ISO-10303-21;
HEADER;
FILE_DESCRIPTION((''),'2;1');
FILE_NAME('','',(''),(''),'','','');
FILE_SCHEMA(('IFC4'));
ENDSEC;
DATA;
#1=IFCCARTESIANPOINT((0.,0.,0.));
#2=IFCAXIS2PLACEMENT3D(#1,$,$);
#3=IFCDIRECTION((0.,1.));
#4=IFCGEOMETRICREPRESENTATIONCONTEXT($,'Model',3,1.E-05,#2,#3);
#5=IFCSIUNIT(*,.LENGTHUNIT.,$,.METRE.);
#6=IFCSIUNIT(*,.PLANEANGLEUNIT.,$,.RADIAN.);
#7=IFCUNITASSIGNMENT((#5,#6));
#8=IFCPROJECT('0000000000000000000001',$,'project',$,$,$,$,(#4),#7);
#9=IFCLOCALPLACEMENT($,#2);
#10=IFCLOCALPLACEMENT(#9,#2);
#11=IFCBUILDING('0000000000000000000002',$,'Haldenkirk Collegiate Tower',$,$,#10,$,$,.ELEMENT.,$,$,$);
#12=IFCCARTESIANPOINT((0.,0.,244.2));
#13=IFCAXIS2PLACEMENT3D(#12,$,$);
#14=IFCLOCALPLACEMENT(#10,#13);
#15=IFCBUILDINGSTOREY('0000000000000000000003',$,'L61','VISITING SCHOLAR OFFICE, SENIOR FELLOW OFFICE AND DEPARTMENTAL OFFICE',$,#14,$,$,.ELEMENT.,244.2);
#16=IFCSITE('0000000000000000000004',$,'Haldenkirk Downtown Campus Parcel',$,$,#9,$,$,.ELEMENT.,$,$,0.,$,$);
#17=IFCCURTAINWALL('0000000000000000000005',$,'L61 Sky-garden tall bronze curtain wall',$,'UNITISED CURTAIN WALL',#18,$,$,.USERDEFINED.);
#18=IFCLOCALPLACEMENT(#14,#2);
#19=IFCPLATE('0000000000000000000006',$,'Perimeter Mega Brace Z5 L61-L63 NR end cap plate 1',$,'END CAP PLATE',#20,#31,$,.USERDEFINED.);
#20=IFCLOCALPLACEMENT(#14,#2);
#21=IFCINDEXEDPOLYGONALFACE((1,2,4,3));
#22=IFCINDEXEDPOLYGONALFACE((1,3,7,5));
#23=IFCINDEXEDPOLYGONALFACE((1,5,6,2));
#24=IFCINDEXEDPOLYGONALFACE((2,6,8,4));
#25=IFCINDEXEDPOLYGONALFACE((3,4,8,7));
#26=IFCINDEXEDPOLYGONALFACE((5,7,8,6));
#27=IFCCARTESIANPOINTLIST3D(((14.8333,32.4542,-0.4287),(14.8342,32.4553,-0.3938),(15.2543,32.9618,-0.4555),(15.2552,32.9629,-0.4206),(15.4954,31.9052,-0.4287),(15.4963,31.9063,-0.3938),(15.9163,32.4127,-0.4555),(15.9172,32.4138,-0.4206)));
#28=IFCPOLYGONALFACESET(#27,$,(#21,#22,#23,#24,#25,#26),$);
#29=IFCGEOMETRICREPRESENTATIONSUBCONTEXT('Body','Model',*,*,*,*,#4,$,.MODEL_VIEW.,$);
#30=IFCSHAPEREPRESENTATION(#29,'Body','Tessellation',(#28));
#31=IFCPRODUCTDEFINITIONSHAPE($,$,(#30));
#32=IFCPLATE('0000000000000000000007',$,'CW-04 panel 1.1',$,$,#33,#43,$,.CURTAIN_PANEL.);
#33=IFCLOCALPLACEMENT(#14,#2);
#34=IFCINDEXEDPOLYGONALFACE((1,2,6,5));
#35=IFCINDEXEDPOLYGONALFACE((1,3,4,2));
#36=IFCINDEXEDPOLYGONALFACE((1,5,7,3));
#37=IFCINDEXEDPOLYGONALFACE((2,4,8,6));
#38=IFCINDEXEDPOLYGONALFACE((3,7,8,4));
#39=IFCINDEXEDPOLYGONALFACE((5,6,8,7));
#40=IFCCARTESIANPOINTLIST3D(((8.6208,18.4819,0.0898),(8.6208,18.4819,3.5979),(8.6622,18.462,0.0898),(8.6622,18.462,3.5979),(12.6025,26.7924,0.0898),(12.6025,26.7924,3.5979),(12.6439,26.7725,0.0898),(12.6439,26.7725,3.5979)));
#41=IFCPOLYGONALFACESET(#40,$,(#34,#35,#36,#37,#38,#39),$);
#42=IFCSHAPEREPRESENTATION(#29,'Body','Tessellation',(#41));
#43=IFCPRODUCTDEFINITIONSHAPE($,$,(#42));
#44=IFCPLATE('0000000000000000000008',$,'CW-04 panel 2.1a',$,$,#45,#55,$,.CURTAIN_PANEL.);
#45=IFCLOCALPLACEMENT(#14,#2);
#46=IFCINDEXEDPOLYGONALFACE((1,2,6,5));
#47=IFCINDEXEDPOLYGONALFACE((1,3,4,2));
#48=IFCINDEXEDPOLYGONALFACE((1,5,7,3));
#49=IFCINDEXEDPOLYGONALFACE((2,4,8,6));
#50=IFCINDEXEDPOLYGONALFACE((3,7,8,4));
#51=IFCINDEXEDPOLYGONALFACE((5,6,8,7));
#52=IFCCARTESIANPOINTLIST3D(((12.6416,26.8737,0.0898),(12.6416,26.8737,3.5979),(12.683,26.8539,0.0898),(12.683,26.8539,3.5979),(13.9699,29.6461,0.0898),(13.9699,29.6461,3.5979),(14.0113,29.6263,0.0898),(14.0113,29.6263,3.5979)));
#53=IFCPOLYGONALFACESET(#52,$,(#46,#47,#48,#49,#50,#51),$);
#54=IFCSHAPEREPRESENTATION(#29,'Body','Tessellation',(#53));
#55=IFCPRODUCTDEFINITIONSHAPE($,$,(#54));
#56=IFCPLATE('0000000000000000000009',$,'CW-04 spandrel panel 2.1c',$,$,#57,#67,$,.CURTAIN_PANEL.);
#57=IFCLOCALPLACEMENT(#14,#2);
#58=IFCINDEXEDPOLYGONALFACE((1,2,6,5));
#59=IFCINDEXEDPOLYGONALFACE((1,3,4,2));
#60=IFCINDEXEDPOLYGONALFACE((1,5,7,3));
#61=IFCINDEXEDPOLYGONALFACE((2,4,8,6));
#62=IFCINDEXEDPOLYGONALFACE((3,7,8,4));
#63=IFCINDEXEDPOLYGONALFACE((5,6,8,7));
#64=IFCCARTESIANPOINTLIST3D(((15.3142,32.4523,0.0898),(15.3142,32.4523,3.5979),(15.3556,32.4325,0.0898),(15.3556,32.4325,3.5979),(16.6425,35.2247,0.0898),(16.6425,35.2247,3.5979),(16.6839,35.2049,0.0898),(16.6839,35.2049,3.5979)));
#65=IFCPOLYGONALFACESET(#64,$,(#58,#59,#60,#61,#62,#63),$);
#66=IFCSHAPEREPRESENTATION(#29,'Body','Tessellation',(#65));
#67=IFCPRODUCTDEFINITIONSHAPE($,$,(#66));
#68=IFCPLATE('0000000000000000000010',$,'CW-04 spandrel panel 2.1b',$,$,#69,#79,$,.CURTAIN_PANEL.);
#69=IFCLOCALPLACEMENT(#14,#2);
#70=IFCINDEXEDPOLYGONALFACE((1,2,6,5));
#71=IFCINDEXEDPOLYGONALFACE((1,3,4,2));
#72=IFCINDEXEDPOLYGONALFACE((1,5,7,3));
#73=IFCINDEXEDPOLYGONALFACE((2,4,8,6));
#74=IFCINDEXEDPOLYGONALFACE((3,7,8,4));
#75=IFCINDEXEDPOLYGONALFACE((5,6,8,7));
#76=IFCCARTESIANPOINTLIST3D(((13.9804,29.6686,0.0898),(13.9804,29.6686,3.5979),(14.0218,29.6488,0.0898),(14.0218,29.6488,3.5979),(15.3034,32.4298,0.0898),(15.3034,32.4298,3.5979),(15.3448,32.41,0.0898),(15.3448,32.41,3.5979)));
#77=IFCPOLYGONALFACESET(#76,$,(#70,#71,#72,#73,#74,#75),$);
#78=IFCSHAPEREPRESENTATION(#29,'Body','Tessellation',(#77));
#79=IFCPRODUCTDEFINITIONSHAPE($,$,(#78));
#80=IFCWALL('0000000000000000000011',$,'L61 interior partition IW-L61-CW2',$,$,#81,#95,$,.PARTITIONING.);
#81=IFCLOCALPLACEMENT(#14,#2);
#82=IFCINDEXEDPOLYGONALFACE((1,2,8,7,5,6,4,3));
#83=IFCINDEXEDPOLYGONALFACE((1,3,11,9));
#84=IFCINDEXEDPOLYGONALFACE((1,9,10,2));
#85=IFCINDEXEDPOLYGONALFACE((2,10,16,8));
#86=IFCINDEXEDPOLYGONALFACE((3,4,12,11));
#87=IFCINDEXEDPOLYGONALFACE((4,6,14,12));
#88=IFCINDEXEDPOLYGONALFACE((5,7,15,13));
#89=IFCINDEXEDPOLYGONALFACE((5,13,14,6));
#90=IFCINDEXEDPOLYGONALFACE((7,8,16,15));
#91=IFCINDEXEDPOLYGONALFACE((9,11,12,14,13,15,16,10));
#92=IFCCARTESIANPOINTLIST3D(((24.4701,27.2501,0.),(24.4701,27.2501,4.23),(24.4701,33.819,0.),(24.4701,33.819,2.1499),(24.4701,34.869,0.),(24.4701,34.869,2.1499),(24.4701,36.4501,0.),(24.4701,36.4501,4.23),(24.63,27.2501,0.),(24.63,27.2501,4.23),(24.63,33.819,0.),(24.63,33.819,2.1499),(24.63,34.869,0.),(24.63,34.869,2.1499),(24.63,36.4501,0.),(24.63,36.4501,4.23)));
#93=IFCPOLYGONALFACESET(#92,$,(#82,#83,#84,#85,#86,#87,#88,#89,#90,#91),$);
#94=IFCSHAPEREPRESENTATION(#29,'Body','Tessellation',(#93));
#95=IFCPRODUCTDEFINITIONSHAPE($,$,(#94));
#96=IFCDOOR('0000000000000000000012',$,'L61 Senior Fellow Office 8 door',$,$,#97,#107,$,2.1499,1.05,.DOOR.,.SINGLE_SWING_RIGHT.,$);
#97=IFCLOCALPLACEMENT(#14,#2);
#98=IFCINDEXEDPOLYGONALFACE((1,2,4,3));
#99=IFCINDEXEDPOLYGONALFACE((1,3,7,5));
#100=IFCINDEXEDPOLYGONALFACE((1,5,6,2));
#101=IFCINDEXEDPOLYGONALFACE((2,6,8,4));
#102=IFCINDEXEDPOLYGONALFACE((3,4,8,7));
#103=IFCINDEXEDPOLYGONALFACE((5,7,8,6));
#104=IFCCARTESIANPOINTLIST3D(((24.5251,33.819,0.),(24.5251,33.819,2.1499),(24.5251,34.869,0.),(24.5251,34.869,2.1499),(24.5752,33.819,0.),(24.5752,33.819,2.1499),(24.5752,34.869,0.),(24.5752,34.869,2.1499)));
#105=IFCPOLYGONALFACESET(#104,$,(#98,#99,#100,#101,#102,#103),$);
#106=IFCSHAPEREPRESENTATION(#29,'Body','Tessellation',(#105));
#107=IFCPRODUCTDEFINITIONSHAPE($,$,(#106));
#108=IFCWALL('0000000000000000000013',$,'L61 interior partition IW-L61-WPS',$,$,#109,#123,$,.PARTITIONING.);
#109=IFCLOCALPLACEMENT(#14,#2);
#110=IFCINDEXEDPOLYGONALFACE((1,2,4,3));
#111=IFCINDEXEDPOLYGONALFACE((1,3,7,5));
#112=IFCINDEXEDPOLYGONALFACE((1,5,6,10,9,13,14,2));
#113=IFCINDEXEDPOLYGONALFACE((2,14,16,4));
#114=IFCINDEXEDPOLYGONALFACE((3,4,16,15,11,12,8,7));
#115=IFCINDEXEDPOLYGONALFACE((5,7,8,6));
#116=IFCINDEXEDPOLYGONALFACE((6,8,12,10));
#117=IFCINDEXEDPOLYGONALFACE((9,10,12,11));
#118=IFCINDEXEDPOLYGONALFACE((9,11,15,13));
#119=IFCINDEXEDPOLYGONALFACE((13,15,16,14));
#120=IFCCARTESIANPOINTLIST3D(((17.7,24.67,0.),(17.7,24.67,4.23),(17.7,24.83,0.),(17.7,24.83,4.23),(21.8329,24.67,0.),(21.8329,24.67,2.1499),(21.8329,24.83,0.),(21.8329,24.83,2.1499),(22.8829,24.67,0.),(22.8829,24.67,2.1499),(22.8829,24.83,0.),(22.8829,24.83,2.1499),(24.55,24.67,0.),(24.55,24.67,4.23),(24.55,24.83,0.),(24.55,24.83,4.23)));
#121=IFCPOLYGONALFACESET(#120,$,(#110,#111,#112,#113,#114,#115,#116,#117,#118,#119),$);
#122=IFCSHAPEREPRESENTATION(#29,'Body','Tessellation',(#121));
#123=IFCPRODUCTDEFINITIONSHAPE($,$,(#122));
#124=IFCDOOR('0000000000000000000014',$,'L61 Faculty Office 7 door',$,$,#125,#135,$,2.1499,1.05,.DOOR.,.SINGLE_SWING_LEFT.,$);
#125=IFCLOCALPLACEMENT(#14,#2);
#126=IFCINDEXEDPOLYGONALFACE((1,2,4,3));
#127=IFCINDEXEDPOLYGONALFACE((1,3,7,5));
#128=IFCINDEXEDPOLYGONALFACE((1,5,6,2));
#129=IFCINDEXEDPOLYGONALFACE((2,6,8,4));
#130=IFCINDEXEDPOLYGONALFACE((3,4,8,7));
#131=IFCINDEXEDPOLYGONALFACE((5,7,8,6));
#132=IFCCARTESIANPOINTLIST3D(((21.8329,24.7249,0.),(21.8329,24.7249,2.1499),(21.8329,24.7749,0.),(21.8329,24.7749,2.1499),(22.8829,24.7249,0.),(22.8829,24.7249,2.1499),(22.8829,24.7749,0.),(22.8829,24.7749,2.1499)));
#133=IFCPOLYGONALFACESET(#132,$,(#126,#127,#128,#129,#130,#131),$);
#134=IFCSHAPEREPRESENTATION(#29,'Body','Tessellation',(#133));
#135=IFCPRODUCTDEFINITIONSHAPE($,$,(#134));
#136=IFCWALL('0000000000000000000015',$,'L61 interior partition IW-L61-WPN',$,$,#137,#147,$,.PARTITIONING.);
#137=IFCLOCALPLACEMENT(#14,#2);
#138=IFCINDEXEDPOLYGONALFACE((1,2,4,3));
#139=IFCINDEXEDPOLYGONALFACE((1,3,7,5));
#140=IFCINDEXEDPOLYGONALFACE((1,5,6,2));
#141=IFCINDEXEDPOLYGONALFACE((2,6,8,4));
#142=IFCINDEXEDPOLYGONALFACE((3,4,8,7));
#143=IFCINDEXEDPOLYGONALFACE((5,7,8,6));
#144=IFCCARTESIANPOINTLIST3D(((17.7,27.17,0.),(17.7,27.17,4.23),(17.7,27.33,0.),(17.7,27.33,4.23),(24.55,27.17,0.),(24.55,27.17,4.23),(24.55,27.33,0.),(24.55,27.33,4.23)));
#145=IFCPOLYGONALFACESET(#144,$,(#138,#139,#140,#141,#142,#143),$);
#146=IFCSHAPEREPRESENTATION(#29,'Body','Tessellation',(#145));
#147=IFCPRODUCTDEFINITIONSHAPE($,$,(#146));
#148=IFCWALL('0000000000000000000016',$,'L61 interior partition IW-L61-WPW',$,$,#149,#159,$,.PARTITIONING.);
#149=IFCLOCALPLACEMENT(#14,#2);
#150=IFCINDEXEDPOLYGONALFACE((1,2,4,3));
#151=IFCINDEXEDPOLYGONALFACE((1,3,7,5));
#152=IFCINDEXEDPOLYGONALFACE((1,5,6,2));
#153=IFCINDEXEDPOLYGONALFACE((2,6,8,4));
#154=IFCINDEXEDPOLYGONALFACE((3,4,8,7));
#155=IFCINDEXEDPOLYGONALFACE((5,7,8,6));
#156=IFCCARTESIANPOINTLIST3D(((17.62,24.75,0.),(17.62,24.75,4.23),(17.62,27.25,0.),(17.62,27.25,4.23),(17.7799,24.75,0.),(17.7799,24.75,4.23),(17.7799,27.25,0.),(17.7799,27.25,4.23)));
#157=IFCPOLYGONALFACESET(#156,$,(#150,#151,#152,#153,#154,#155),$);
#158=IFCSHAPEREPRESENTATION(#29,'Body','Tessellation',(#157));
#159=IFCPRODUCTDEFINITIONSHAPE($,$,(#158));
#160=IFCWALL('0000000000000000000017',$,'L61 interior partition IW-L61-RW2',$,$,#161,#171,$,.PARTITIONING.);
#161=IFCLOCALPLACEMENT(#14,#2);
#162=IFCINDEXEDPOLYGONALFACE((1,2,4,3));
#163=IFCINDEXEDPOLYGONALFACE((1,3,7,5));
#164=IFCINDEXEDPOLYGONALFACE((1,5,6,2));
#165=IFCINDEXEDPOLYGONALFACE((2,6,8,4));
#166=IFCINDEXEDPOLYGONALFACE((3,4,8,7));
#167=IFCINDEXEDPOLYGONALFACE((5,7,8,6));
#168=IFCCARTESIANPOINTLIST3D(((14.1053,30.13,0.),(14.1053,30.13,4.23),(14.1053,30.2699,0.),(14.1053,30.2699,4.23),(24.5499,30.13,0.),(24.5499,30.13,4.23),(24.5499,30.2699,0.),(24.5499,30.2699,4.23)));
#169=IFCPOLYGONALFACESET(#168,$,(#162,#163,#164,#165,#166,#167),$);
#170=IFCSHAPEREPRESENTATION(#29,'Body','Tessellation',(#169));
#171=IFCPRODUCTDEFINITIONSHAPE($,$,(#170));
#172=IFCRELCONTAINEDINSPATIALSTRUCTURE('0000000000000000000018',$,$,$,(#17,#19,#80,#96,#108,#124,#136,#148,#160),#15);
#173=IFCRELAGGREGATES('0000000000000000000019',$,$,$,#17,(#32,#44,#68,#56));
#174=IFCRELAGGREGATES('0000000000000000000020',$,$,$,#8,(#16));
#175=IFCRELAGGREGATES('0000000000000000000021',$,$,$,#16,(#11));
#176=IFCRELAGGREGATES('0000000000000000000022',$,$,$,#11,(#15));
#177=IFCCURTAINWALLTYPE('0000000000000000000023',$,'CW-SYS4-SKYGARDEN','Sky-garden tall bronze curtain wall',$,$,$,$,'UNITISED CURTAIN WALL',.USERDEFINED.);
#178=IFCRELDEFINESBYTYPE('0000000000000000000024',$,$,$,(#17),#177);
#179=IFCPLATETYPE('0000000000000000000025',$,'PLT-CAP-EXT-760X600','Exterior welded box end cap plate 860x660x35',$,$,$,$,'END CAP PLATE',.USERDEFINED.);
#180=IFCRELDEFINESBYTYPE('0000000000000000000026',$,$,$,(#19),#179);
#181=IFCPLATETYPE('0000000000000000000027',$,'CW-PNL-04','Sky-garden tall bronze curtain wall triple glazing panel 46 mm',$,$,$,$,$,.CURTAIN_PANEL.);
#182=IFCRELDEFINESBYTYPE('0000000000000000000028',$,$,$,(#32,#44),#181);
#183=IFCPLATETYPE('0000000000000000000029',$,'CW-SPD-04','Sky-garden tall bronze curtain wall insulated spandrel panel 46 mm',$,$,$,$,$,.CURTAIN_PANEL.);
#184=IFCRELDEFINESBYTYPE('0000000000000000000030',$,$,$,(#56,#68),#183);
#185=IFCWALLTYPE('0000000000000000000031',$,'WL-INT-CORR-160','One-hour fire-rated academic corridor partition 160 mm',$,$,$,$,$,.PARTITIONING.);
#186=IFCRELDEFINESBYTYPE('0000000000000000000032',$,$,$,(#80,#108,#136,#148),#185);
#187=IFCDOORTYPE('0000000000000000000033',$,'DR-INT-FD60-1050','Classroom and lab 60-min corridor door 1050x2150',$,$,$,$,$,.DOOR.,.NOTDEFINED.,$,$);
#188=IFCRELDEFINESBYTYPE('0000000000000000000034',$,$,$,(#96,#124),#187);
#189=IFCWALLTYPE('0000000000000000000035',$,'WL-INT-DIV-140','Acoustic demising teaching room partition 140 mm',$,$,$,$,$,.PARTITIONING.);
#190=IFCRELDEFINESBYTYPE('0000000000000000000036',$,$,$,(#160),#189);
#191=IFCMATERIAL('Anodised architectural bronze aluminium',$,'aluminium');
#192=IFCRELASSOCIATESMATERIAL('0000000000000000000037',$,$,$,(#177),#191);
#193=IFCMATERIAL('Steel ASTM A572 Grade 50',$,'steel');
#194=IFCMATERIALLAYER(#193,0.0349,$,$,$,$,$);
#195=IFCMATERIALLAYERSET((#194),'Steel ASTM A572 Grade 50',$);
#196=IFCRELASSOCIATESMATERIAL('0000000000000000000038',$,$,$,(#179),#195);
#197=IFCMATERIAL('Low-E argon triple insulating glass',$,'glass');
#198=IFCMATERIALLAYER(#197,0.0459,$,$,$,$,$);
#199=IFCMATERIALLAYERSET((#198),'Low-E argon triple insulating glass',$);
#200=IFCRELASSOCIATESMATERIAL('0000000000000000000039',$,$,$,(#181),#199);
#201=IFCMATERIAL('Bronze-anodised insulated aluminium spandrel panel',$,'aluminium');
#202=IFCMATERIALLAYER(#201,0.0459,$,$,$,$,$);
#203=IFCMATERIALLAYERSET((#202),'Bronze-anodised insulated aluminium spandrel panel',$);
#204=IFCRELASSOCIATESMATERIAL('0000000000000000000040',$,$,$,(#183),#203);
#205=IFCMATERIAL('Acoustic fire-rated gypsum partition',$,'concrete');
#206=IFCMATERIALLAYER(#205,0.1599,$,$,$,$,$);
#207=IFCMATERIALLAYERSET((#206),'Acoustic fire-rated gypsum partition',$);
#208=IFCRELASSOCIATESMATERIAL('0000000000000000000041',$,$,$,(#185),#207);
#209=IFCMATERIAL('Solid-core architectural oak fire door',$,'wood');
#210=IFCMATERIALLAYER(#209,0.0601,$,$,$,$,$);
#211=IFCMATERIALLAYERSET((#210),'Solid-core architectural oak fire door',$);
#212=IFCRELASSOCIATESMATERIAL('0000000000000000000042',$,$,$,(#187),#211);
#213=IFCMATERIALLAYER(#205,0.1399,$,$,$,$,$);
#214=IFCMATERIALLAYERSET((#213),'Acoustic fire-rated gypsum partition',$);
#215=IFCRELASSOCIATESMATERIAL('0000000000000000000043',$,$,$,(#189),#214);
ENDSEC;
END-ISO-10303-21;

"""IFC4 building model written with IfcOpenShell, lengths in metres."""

from ifc_helpers import new_model, si_unit, direction, frame, frame_2d, origin, origin_2d, place, context, subcontext, project, spatial, rectangle, extrude, source, transform, mapped, material, layer, layer_set, type_object, element, fill, aggregate, save


model = new_model("IFC4")

# Units and contexts
model_context = context("Model", 3, precision=1e-05, world=origin(), true_north=direction((0.0, 1.0)))
body_context = subcontext(model_context, "Body", "Model", "MODEL_VIEW")
ifc_project = project(units=[si_unit("LENGTHUNIT", "METRE"), si_unit("PLANEANGLEUNIT", "RADIAN")], contexts=[model_context])

# Site, building, storey
site_placement = place(None, origin())
site = spatial("IfcSite", under=ifc_project, at=site_placement, Name="Haldenkirk Downtown Campus Parcel", CompositionType="ELEMENT", RefElevation=0.0)
building_placement = place(site_placement, origin())
building = spatial("IfcBuilding", under=site, at=building_placement, Name="Haldenkirk Collegiate Tower", CompositionType="ELEMENT")
storey_placement = place(building_placement, frame((0.0, 0.0, 244.2)))
storey = spatial("IfcBuildingStorey", under=building, at=storey_placement, Name="L61", Description="VISITING SCHOLAR OFFICE, SENIOR FELLOW OFFICE AND DEPARTMENTAL OFFICE", CompositionType="ELEMENT", Elevation=244.2)

# Shared definitions
ifc_material_1 = material(Name="Steel ASTM A572 Grade 50", Category="steel")

# Curtain wall
ifc_material_2 = material(Name="Anodised architectural bronze aluminium", Category="aluminium")
curtain_wall_type = type_object("IfcCurtainWallType", Name="CW-SYS4-SKYGARDEN", Description="Sky-garden tall bronze curtain wall", ElementType="UNITISED CURTAIN WALL", PredefinedType="USERDEFINED", material=ifc_material_2)
curtain_wall_placement = place(storey_placement, origin())
curtain_wall = element("IfcCurtainWall", 1, at=curtain_wall_placement, inside=storey, type_object=curtain_wall_type, Name="L61 Sky-garden tall bronze curtain wall", ObjectType="UNITISED CURTAIN WALL", PredefinedType="USERDEFINED")

# Plate
ifc_layer_1 = layer(ifc_material_1, 0.0349)
ifc_layer_set_1 = layer_set([ifc_layer_1], Name="Steel ASTM A572 Grade 50")
plate_type_1 = type_object("IfcPlateType", Name="PLT-CAP-EXT-760X600", Description="Exterior welded box end cap plate 860x660x35", ElementType="END CAP PLATE", PredefinedType="USERDEFINED", material=ifc_layer_set_1)
shared_shape_1 = source(origin(), body_context, "Body", "SweptSolid", [
    extrude(rectangle(XDim=0.8601, YDim=0.6599, at=origin_2d()), origin(), (0.0, 0.0, 1.0), 0.0349),
])
plate_1_placement = place(storey_placement, frame((15.3757, 32.4346, -0.4072), z_axis=(-0.025898, -0.031227, -0.999177), x_axis=(0.769734, -0.638365, 0.0)))
element("IfcPlate", 2, at=plate_1_placement, inside=storey, type_object=plate_type_1, Name="Perimeter Mega Brace Z5 L61-L63 NR end cap plate 1", ObjectType="END CAP PLATE", PredefinedType="USERDEFINED", context=body_context, shape_type="MappedRepresentation", body=[
    mapped(shared_shape_1, transform((0.0, 0.0, 0.0), x_axis=(1.0, 0.0, 0.0), y_axis=(0.0, 1.0, 0.0), z_axis=(0.0, 0.0, 1.0), scale=1.0)),
])

# Plates
ifc_material_3 = material(Name="Low-E argon triple insulating glass", Category="glass")
ifc_layer_2 = layer(ifc_material_3, 0.0459)
ifc_layer_set_2 = layer_set([ifc_layer_2], Name="Low-E argon triple insulating glass")
plate_type_2 = type_object("IfcPlateType", Name="CW-PNL-04", Description="Sky-garden tall bronze curtain wall triple glazing panel 46 mm", PredefinedType="CURTAIN_PANEL", material=ifc_layer_set_2)
shared_shape_2 = source(origin(), body_context, "Body", "SweptSolid", [
    extrude(rectangle(XDim=9.2151, YDim=0.0459, at=origin_2d()), origin(), (0.0, 0.0, 1.0), 3.5081),
])
plate_2_placement = place(storey_placement, frame((10.6323, 22.6272, 0.0898), z_axis=(0.0, 0.0, 1.0), x_axis=(0.432084, 0.901833, 0.0)))
plate_2 = element("IfcPlate", 3, at=plate_2_placement, type_object=plate_type_2, Name="CW-04 panel 1.1", PredefinedType="CURTAIN_PANEL", context=body_context, shape_type="MappedRepresentation", body=[
    mapped(shared_shape_2, transform((0.0, 0.0, 0.0), x_axis=(1.0, 0.0, 0.0), y_axis=(0.0, 1.0, 0.0), z_axis=(0.0, 0.0, 1.0), scale=1.0)),
])
shared_shape_3 = source(origin(), body_context, "Body", "SweptSolid", [
    extrude(rectangle(XDim=3.0742, YDim=0.0459, at=origin_2d()), origin(), (0.0, 0.0, 1.0), 3.5081),
])
plate_3_placement = place(storey_placement, frame((13.3264, 28.25, 0.0898), z_axis=(0.0, 0.0, 1.0), x_axis=(0.432084, 0.901833, 0.0)))
plate_3 = element("IfcPlate", 4, at=plate_3_placement, type_object=plate_type_2, Name="CW-04 panel 2.1a", PredefinedType="CURTAIN_PANEL", context=body_context, shape_type="MappedRepresentation", body=[
    mapped(shared_shape_3, transform((0.0, 0.0, 0.0), x_axis=(1.0, 0.0, 0.0), y_axis=(0.0, 1.0, 0.0), z_axis=(0.0, 0.0, 1.0), scale=1.0)),
])
ifc_material_4 = material(Name="Bronze-anodised insulated aluminium spandrel panel", Category="aluminium")
ifc_layer_3 = layer(ifc_material_4, 0.0459)
ifc_layer_set_3 = layer_set([ifc_layer_3], Name="Bronze-anodised insulated aluminium spandrel panel")
plate_type_3 = type_object("IfcPlateType", Name="CW-SPD-04", Description="Sky-garden tall bronze curtain wall insulated spandrel panel 46 mm", PredefinedType="CURTAIN_PANEL", material=ifc_layer_set_3)
plate_4_placement = place(storey_placement, frame((15.999, 33.8286, 0.0898), z_axis=(0.0, 0.0, 1.0), x_axis=(0.432084, 0.901833, 0.0)))
plate_4 = element("IfcPlate", 5, at=plate_4_placement, type_object=plate_type_3, Name="CW-04 spandrel panel 2.1c", PredefinedType="CURTAIN_PANEL", context=body_context, shape_type="MappedRepresentation", body=[
    mapped(shared_shape_3, transform((0.0, 0.0, 0.0), x_axis=(1.0, 0.0, 0.0), y_axis=(0.0, 1.0, 0.0), z_axis=(0.0, 0.0, 1.0), scale=1.0)),
])
shared_shape_4 = source(origin(), body_context, "Body", "SweptSolid", [
    extrude(rectangle(XDim=3.0618, YDim=0.0459, at=origin_2d()), origin(), (0.0, 0.0, 1.0), 3.5081),
])
plate_5_placement = place(storey_placement, frame((14.6626, 31.0393, 0.0898), z_axis=(0.0, 0.0, 1.0), x_axis=(0.432084, 0.901833, 0.0)))
plate_5 = element("IfcPlate", 6, at=plate_5_placement, type_object=plate_type_3, Name="CW-04 spandrel panel 2.1b", PredefinedType="CURTAIN_PANEL", context=body_context, shape_type="MappedRepresentation", body=[
    mapped(shared_shape_4, transform((0.0, 0.0, 0.0), x_axis=(1.0, 0.0, 0.0), y_axis=(0.0, 1.0, 0.0), z_axis=(0.0, 0.0, 1.0), scale=1.0)),
])
aggregate(curtain_wall, [plate_2, plate_3, plate_5, plate_4])

# Walls, openings, doors
ifc_material_5 = material(Name="Acoustic fire-rated gypsum partition", Category="concrete")
ifc_layer_4 = layer(ifc_material_5, 0.1599)
ifc_layer_set_4 = layer_set([ifc_layer_4], Name="Acoustic fire-rated gypsum partition")
wall_type_1 = type_object("IfcWallType", Name="WL-INT-CORR-160", Description="One-hour fire-rated academic corridor partition 160 mm", PredefinedType="PARTITIONING", material=ifc_layer_set_4)
wall_1_placement = place(storey_placement, frame((24.55, 27.25, 0.0), z_axis=(0.0, 0.0, 1.0), x_axis=(0.0, 1.0, 0.0)))
wall_1 = element("IfcWall", 7, at=wall_1_placement, inside=storey, type_object=wall_type_1, Name="L61 interior partition IW-L61-CW2", PredefinedType="PARTITIONING", context=body_context, shape_type="SweptSolid", body=[
    extrude(rectangle(XDim=9.2, YDim=0.1599, at=frame_2d((4.6001, 0.0))), origin(), (0.0, 0.0, 1.0), 4.23),
])
opening_1_placement = place(wall_1_placement, frame((6.5691, 0.0, 0.0)))
opening_1 = element("IfcOpeningElement", 8, at=opening_1_placement, cuts=wall_1, PredefinedType="OPENING", context=body_context, shape_type="SweptSolid", body=[
    extrude(rectangle(XDim=1.05, YDim=2.1499, at=frame_2d((0.5249, 1.075))), frame((0.0, 0.0898, 0.0), z_axis=(0.0, -1.0, 0.0), x_axis=(1.0, 0.0, 0.0)), (0.0, 0.0, 1.0), 0.1799),
])
ifc_material_6 = material(Name="Solid-core architectural oak fire door", Category="wood")
ifc_layer_5 = layer(ifc_material_6, 0.0601)
ifc_layer_set_5 = layer_set([ifc_layer_5], Name="Solid-core architectural oak fire door")
door_type = type_object("IfcDoorType", Name="DR-INT-FD60-1050", Description="Classroom and lab 60-min corridor door 1050x2150", OperationType="NOTDEFINED", PredefinedType="DOOR", material=ifc_layer_set_5)
door_1_placement = place(opening_1_placement, origin())
door_1 = element("IfcDoor", 9, at=door_1_placement, inside=storey, type_object=door_type, Name="L61 Senior Fellow Office 8 door", OperationType="SINGLE_SWING_RIGHT", OverallHeight=2.1499, OverallWidth=1.05, PredefinedType="DOOR", context=body_context, shape_type="SweptSolid", body=[
    extrude(rectangle(XDim=1.05, YDim=2.1499, at=frame_2d((0.5249, 1.075))), frame((0.0, 0.0249, 0.0), z_axis=(0.0, -1.0, 0.0), x_axis=(1.0, 0.0, 0.0)), (0.0, 0.0, 1.0), 0.05),
])
fill(opening_1, door_1)
wall_2_placement = place(storey_placement, frame((17.7, 24.75, 0.0), z_axis=(0.0, 0.0, 1.0), x_axis=(1.0, 0.0, 0.0)))
wall_2 = element("IfcWall", 10, at=wall_2_placement, inside=storey, type_object=wall_type_1, Name="L61 interior partition IW-L61-WPS", PredefinedType="PARTITIONING", context=body_context, shape_type="SweptSolid", body=[
    extrude(rectangle(XDim=6.8501, YDim=0.1599, at=frame_2d((3.425, 0.0))), origin(), (0.0, 0.0, 1.0), 4.23),
])
opening_2_placement = place(wall_2_placement, frame((4.1331, 0.0, 0.0)))
opening_2 = element("IfcOpeningElement", 11, at=opening_2_placement, cuts=wall_2, PredefinedType="OPENING", context=body_context, shape_type="SweptSolid", body=[
    extrude(rectangle(XDim=1.05, YDim=2.1499, at=frame_2d((0.5249, 1.075))), frame((0.0, 0.0898, 0.0), z_axis=(0.0, -1.0, 0.0), x_axis=(1.0, 0.0, 0.0)), (0.0, 0.0, 1.0), 0.1799),
])
door_2_placement = place(opening_2_placement, origin())
door_2 = element("IfcDoor", 12, at=door_2_placement, inside=storey, type_object=door_type, Name="L61 Faculty Office 7 door", OperationType="SINGLE_SWING_LEFT", OverallHeight=2.1499, OverallWidth=1.05, PredefinedType="DOOR", context=body_context, shape_type="SweptSolid", body=[
    extrude(rectangle(XDim=1.05, YDim=2.1499, at=frame_2d((0.5249, 1.075))), frame((0.0, 0.0249, 0.0), z_axis=(0.0, -1.0, 0.0), x_axis=(1.0, 0.0, 0.0)), (0.0, 0.0, 1.0), 0.05),
])
fill(opening_2, door_2)

# Walls
wall_3_placement = place(storey_placement, frame((17.7, 27.25, 0.0), z_axis=(0.0, 0.0, 1.0), x_axis=(1.0, 0.0, 0.0)))
element("IfcWall", 13, at=wall_3_placement, inside=storey, type_object=wall_type_1, Name="L61 interior partition IW-L61-WPN", PredefinedType="PARTITIONING", context=body_context, shape_type="SweptSolid", body=[
    extrude(rectangle(XDim=6.8501, YDim=0.1599, at=frame_2d((3.425, 0.0))), origin(), (0.0, 0.0, 1.0), 4.23),
])
wall_4_placement = place(storey_placement, frame((17.7, 24.75, 0.0), z_axis=(0.0, 0.0, 1.0), x_axis=(0.0, 1.0, 0.0)))
element("IfcWall", 14, at=wall_4_placement, inside=storey, type_object=wall_type_1, Name="L61 interior partition IW-L61-WPW", PredefinedType="PARTITIONING", context=body_context, shape_type="SweptSolid", body=[
    extrude(rectangle(XDim=2.5, YDim=0.1599, at=frame_2d((1.25, 0.0))), origin(), (0.0, 0.0, 1.0), 4.23),
])
ifc_layer_6 = layer(ifc_material_5, 0.1399)
ifc_layer_set_6 = layer_set([ifc_layer_6], Name="Acoustic fire-rated gypsum partition")
wall_type_2 = type_object("IfcWallType", Name="WL-INT-DIV-140", Description="Acoustic demising teaching room partition 140 mm", PredefinedType="PARTITIONING", material=ifc_layer_set_6)
wall_5_placement = place(storey_placement, frame((14.1055, 30.2, 0.0), z_axis=(0.0, 0.0, 1.0), x_axis=(1.0, 0.0, 0.0)))
element("IfcWall", 15, at=wall_5_placement, inside=storey, type_object=wall_type_2, Name="L61 interior partition IW-L61-RW2", PredefinedType="PARTITIONING", context=body_context, shape_type="SweptSolid", body=[
    extrude(rectangle(XDim=10.4446, YDim=0.1399, at=frame_2d((5.2222, 0.0))), origin(), (0.0, 0.0, 1.0), 4.23),
])

save(model, "model.ifc")
